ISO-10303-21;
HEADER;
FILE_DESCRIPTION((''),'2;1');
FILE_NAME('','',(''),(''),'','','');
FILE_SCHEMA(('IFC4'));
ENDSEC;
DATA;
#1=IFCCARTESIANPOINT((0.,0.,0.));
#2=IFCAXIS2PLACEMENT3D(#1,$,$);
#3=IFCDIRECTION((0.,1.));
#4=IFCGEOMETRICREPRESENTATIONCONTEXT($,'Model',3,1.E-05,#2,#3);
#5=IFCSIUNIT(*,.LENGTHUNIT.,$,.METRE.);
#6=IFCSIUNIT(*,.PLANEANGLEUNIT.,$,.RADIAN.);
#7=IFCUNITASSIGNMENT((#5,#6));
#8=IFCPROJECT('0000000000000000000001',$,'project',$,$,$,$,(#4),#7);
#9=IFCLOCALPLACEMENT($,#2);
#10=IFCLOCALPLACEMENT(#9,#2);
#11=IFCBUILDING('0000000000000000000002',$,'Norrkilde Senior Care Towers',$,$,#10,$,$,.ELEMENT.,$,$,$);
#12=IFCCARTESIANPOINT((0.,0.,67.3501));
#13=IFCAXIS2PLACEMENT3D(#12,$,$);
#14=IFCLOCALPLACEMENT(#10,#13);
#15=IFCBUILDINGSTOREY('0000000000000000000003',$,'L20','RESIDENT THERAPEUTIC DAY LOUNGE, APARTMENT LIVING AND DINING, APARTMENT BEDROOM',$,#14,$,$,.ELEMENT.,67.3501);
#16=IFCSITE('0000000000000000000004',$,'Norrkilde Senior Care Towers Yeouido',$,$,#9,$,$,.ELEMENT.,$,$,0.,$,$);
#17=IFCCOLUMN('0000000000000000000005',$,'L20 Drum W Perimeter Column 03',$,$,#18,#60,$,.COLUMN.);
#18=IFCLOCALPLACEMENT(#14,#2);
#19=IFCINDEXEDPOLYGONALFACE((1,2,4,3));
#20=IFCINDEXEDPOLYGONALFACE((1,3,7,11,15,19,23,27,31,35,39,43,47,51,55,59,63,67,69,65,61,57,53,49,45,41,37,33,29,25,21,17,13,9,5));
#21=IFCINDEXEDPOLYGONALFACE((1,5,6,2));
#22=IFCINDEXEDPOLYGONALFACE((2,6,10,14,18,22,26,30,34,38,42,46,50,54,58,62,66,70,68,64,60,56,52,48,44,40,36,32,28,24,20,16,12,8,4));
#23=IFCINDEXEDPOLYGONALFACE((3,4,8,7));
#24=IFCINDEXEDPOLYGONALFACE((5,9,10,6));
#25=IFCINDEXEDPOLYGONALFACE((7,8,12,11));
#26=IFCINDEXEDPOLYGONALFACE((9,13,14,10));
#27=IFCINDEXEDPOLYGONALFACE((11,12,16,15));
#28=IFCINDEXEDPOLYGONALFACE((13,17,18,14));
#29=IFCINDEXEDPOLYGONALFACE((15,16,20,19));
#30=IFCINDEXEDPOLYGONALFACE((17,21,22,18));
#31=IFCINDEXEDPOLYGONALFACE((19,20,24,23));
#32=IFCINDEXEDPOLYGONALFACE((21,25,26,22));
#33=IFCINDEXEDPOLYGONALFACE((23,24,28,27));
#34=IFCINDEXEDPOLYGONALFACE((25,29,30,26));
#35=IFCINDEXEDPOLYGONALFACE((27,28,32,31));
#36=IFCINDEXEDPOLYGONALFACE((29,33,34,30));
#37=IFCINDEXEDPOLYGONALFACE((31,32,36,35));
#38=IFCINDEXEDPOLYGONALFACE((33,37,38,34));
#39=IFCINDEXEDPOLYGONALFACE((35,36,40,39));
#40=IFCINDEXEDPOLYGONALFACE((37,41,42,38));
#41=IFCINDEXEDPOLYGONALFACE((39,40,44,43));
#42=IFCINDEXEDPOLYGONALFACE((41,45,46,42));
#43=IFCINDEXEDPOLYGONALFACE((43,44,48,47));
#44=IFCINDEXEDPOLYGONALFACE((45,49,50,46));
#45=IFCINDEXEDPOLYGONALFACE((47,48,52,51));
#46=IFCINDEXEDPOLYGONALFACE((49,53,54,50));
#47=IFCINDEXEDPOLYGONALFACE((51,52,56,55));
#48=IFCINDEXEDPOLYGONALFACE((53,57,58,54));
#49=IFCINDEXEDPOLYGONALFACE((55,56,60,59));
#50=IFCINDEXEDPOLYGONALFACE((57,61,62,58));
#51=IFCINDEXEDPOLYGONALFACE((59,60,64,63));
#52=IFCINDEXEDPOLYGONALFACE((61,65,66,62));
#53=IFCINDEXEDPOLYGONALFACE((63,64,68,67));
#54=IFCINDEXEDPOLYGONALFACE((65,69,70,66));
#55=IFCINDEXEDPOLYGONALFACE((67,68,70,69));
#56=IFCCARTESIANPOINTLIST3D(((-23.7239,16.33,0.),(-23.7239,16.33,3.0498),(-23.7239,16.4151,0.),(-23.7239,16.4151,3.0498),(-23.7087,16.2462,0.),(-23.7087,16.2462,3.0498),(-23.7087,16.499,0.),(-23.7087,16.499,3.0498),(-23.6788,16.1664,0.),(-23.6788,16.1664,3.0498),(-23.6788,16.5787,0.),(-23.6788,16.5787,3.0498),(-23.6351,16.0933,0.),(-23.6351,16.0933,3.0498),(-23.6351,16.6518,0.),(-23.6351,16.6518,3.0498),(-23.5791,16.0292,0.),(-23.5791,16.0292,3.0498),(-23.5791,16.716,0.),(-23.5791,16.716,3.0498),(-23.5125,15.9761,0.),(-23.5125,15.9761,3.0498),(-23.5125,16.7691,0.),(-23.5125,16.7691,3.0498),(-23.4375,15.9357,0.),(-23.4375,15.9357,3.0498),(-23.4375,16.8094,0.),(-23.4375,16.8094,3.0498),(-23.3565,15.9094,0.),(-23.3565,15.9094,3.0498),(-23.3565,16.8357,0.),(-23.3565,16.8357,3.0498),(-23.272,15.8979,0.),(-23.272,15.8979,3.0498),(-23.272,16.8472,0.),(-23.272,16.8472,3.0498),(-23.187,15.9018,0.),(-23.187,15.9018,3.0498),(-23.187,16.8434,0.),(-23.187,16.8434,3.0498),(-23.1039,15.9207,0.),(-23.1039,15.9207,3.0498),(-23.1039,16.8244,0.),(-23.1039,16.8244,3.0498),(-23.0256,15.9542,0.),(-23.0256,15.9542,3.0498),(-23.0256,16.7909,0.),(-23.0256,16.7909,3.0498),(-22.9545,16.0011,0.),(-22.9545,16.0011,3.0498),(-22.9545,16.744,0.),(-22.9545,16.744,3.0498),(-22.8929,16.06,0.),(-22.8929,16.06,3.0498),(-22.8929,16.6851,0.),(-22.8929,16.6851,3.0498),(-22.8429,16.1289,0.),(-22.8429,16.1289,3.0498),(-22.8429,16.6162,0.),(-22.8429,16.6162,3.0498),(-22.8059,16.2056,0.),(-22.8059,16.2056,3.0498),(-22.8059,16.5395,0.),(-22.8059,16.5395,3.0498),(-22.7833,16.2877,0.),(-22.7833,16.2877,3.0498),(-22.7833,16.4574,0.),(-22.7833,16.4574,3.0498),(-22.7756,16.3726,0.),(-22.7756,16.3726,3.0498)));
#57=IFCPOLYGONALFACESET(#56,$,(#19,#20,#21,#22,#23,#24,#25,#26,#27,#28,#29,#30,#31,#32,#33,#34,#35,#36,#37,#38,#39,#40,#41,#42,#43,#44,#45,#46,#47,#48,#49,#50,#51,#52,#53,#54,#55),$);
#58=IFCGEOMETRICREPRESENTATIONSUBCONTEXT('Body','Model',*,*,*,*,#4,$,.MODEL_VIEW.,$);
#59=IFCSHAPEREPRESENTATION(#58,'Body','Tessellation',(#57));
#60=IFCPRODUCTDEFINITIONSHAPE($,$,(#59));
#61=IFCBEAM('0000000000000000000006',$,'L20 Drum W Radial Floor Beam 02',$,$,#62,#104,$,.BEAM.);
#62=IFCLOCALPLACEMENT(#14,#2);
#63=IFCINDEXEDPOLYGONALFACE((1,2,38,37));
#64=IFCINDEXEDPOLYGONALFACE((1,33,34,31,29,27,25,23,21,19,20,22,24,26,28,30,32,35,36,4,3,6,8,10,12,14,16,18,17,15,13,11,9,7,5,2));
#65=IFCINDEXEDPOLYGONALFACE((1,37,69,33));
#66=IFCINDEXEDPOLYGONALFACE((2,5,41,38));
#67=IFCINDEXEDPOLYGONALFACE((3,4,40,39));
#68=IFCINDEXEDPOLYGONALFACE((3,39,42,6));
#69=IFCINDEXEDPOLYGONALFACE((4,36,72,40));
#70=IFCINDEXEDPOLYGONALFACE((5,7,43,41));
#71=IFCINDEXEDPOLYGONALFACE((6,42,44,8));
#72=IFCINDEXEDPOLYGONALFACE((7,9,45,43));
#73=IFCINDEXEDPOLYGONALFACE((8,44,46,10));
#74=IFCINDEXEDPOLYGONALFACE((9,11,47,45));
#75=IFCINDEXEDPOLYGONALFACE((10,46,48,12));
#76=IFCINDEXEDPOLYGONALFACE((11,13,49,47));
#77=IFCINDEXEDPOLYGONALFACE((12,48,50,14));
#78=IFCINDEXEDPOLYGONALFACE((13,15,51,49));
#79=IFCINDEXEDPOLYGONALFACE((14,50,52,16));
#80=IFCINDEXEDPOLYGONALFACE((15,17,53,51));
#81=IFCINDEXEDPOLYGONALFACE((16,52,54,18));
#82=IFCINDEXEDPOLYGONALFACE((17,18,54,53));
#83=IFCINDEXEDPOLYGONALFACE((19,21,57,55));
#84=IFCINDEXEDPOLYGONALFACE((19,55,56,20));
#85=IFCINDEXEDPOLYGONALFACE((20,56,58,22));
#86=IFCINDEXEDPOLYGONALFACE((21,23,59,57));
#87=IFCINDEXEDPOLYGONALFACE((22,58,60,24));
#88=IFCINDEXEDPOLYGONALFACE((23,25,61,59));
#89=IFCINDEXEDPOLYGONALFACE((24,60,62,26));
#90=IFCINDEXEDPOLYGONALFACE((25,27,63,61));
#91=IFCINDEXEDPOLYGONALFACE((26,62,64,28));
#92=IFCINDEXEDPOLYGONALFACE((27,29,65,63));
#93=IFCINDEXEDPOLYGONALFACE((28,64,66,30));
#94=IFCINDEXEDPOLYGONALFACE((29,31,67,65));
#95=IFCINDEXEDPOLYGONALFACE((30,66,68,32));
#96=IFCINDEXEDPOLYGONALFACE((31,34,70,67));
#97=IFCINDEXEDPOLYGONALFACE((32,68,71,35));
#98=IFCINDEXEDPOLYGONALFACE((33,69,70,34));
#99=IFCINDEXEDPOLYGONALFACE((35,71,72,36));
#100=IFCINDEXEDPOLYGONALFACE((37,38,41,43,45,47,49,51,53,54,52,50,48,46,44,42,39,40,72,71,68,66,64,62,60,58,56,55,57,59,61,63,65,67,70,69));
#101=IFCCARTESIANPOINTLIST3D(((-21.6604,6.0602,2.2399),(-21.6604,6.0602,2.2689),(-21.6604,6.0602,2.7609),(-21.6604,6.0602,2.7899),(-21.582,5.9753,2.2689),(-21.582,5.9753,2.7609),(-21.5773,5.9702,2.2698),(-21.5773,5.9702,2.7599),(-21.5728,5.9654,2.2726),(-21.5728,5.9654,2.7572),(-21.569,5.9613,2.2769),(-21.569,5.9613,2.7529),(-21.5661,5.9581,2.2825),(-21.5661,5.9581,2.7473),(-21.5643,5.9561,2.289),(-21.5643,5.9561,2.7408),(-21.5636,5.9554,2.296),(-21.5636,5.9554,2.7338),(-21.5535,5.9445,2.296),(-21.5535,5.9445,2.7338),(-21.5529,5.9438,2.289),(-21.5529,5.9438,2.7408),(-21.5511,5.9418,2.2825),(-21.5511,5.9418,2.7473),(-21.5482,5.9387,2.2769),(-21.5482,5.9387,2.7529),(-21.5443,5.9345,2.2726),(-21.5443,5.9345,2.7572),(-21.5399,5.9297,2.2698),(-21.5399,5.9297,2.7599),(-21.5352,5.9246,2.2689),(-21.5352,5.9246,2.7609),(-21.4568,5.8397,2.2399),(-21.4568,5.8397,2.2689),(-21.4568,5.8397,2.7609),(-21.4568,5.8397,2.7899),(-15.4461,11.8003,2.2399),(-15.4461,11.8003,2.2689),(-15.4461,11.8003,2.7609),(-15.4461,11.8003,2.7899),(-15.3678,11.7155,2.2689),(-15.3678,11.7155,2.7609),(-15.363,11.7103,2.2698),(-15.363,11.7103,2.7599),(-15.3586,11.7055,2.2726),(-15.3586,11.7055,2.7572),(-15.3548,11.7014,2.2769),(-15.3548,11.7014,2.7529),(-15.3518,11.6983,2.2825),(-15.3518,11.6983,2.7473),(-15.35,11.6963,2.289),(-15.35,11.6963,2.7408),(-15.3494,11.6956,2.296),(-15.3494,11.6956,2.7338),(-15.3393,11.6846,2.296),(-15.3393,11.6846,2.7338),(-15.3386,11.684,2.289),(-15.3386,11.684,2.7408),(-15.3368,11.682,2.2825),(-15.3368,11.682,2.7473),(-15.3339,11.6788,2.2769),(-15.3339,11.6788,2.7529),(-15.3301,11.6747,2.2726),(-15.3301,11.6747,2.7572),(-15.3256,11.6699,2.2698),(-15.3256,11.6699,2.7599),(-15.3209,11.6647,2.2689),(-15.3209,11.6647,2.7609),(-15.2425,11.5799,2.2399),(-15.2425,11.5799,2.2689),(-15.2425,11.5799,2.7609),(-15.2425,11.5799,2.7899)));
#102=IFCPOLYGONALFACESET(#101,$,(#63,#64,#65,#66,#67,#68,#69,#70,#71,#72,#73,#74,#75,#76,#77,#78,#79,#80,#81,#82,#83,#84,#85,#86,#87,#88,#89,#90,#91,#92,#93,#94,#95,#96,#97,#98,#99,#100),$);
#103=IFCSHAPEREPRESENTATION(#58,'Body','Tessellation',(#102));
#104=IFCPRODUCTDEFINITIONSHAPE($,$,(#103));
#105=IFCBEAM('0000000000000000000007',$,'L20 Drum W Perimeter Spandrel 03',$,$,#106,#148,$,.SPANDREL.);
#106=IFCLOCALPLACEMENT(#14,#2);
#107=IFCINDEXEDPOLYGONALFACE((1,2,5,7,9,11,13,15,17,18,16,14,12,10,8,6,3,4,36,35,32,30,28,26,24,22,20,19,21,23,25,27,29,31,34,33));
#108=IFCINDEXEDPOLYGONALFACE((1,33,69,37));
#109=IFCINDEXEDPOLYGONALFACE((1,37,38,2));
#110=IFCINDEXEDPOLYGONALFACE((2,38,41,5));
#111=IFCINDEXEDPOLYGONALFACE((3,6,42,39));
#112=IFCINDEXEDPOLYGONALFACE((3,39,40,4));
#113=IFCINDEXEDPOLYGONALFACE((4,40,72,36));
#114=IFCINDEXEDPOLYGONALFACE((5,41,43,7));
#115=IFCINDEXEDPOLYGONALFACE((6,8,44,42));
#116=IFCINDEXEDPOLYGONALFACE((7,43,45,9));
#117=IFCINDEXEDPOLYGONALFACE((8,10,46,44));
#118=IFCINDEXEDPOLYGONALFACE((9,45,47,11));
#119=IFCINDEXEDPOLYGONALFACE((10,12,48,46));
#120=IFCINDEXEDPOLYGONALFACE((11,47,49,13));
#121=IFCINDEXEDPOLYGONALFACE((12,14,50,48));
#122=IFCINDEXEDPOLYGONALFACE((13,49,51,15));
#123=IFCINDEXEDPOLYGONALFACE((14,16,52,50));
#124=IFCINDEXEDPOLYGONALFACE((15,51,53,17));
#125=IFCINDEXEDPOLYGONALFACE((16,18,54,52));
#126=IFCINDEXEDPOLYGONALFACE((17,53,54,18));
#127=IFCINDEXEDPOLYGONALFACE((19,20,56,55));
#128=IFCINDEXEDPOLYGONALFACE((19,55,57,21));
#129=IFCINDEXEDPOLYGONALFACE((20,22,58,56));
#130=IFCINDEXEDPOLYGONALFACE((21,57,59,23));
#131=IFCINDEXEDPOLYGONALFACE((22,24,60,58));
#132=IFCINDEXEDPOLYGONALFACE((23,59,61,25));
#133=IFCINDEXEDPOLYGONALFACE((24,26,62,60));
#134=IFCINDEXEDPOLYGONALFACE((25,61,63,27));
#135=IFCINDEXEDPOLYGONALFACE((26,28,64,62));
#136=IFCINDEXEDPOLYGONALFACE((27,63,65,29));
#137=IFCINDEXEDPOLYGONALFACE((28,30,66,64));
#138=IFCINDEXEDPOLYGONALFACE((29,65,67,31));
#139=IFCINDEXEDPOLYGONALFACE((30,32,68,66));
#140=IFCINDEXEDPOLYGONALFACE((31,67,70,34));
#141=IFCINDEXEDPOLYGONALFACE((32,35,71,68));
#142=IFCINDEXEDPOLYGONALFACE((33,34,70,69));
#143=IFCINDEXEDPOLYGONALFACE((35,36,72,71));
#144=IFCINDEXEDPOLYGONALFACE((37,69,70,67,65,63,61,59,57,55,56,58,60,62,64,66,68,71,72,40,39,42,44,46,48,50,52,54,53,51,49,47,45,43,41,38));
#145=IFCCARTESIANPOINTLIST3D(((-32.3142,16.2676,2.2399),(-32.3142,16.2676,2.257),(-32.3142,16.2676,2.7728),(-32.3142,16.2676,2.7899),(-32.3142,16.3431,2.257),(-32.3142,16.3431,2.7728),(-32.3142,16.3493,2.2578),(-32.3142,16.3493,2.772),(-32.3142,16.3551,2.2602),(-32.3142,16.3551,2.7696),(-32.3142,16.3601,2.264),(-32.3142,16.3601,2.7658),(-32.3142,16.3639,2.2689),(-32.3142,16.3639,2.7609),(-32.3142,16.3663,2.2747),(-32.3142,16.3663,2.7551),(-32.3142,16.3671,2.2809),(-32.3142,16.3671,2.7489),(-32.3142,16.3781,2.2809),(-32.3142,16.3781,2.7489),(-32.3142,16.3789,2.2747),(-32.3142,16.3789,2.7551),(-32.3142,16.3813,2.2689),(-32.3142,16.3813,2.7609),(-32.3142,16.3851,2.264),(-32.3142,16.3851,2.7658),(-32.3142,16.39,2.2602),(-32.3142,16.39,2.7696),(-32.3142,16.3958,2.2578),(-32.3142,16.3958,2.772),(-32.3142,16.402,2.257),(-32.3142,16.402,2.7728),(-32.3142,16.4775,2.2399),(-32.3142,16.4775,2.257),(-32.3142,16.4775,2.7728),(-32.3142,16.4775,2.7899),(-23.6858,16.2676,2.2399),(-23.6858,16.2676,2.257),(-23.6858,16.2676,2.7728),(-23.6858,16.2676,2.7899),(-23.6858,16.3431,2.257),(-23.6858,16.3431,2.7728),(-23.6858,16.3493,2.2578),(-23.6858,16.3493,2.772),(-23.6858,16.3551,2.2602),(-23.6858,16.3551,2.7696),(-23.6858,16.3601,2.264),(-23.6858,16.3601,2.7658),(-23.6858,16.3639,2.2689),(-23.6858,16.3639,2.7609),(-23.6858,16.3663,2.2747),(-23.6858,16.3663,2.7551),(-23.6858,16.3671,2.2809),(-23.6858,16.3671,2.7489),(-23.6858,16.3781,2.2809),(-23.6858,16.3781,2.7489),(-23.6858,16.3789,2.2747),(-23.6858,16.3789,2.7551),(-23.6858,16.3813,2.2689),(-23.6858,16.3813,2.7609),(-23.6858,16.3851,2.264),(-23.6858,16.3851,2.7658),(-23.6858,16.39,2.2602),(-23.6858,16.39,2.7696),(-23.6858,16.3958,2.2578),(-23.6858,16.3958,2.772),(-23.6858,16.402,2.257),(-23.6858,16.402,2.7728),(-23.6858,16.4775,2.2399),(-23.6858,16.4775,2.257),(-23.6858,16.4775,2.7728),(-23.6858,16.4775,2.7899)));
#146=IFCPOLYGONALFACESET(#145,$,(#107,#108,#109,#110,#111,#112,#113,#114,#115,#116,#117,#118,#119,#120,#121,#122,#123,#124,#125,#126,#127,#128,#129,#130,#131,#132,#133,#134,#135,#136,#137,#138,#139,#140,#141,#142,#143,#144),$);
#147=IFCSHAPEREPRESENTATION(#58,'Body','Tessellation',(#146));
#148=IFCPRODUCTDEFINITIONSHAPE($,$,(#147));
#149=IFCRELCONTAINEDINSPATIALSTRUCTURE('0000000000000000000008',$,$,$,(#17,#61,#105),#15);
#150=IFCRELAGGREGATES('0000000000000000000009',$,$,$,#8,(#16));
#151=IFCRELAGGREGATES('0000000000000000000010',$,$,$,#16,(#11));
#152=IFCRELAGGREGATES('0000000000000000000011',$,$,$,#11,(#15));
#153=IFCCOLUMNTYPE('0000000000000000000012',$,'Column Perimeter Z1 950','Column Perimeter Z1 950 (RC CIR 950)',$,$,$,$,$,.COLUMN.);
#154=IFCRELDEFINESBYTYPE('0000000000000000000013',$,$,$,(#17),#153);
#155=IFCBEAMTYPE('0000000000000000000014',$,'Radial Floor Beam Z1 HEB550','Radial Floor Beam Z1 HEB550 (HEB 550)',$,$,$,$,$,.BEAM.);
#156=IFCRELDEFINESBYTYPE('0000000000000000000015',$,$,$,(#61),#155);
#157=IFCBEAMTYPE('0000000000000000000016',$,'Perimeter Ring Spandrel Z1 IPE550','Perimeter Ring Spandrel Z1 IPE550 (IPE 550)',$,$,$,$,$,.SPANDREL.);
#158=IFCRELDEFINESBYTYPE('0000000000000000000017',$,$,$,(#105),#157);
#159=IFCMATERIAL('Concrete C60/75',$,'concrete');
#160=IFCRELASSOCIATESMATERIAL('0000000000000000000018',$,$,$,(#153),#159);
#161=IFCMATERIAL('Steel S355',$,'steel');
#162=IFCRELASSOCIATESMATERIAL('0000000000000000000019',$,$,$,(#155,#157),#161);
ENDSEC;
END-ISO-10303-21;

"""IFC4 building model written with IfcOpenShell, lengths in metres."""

from ifc_helpers import new_model, si_unit, direction, frame, origin, origin_2d, place, context, subcontext, project, spatial, circle, i_section, extrude, source, transform, mapped, material, material_profile, profile_set, type_object, type_shapes, element, save


model = new_model("IFC4")

# Units and contexts
model_context = context("Model", 3, precision=1e-05, world=origin(), true_north=direction((0.0, 1.0)))
body_context = subcontext(model_context, "Body", "Model", "MODEL_VIEW")
ifc_project = project(units=[si_unit("LENGTHUNIT", "METRE"), si_unit("PLANEANGLEUNIT", "RADIAN")], contexts=[model_context])

# Site, building, storey
site_placement = place(None, origin())
site = spatial("IfcSite", under=ifc_project, at=site_placement, Name="Norrkilde Senior Care Towers Yeouido", CompositionType="ELEMENT", RefElevation=0.0)
building_placement = place(site_placement, origin())
building = spatial("IfcBuilding", under=site, at=building_placement, Name="Norrkilde Senior Care Towers", CompositionType="ELEMENT")
storey_placement = place(building_placement, frame((0.0, 0.0, 67.3501)))
storey = spatial("IfcBuildingStorey", under=building, at=storey_placement, Name="L20", Description="RESIDENT THERAPEUTIC DAY LOUNGE, APARTMENT LIVING AND DINING, APARTMENT BEDROOM", CompositionType="ELEMENT", Elevation=67.3501)

# Column
ifc_material_1 = material(Name="Concrete C60/75", Category="concrete")
ifc_material_profile_1 = material_profile(ifc_material_1, circle(Radius=0.4751, at=origin_2d()), Name="RC CIR 950")
ifc_profile_set_1 = profile_set([ifc_material_profile_1], Name="Concrete C60/75")
column_type = type_object("IfcColumnType", Name="Column Perimeter Z1 950", Description="Column Perimeter Z1 950 (RC CIR 950)", PredefinedType="COLUMN", material=ifc_profile_set_1)
shared_shape_1 = source(origin(), body_context, "Body", "SweptSolid", [
    extrude(circle(Radius=0.4751, at=origin_2d()), origin(), (0.0, 0.0, 1.0), 3.0498),
])
type_shapes(column_type, [shared_shape_1])
column_placement = place(storey_placement, frame((-23.2507, 16.3726, 0.0), z_axis=(0.0, 0.0, 1.0), x_axis=(1.0, 0.0, 0.0)))
element("IfcColumn", 1, at=column_placement, inside=storey, type_object=column_type, Name="L20 Drum W Perimeter Column 03", PredefinedType="COLUMN", context=body_context, shape_type="MappedRepresentation", body=[
    mapped(shared_shape_1, transform((0.0, 0.0, 0.0), x_axis=(1.0, 0.0, 0.0), y_axis=(0.0, 1.0, 0.0), z_axis=(0.0, 0.0, 1.0), scale=1.0)),
])

# Beams
ifc_material_2 = material(Name="Steel S355", Category="steel")
ifc_material_profile_2 = material_profile(ifc_material_2, i_section(OverallWidth=0.3, OverallDepth=0.55, WebThickness=0.0149, FlangeThickness=0.0291, FilletRadius=0.0271, at=origin_2d()), Name="HEB 550")
ifc_profile_set_2 = profile_set([ifc_material_profile_2], Name="Steel S355")
beam_type_1 = type_object("IfcBeamType", Name="Radial Floor Beam Z1 HEB550", Description="Radial Floor Beam Z1 HEB550 (HEB 550)", PredefinedType="BEAM", material=ifc_profile_set_2)
shared_shape_2 = source(origin(), body_context, "Body", "SweptSolid", [
    extrude(i_section(OverallWidth=0.3, OverallDepth=0.55, WebThickness=0.0149, FlangeThickness=0.0291, FilletRadius=0.0271, at=origin_2d()), origin(), (0.0, 0.0, 1.0), 8.4597),
])
beam_1_placement = place(storey_placement, frame((-21.5586, 5.95, 2.5149), z_axis=(0.734573, 0.678529, 0.0), x_axis=(-0.678529, 0.734573, 0.0)))
element("IfcBeam", 2, at=beam_1_placement, inside=storey, type_object=beam_type_1, Name="L20 Drum W Radial Floor Beam 02", PredefinedType="BEAM", context=body_context, shape_type="MappedRepresentation", body=[
    mapped(shared_shape_2, transform((0.0, 0.0, 0.0), x_axis=(1.0, 0.0, 0.0), y_axis=(0.0, 1.0, 0.0), z_axis=(0.0, 0.0, 1.0), scale=1.0)),
])
ifc_material_profile_3 = material_profile(ifc_material_2, i_section(OverallWidth=0.21, OverallDepth=0.55, WebThickness=0.011, FlangeThickness=0.0171, FilletRadius=0.0239, at=origin_2d()), Name="IPE 550")
ifc_profile_set_3 = profile_set([ifc_material_profile_3], Name="Steel S355")
beam_type_2 = type_object("IfcBeamType", Name="Perimeter Ring Spandrel Z1 IPE550", Description="Perimeter Ring Spandrel Z1 IPE550 (IPE 550)", PredefinedType="SPANDREL", material=ifc_profile_set_3)
shared_shape_3 = source(origin(), body_context, "Body", "SweptSolid", [
    extrude(i_section(OverallWidth=0.21, OverallDepth=0.55, WebThickness=0.011, FlangeThickness=0.0171, FilletRadius=0.0239, at=origin_2d()), origin(), (0.0, 0.0, 1.0), 8.6284),
])
type_shapes(beam_type_2, [shared_shape_3])
beam_2_placement = place(storey_placement, frame((-23.6858, 16.3726, 2.5149), z_axis=(-1.0, 0.0, 0.0), x_axis=(0.0, -1.0, 0.0)))
element("IfcBeam", 3, at=beam_2_placement, inside=storey, type_object=beam_type_2, Name="L20 Drum W Perimeter Spandrel 03", PredefinedType="SPANDREL", context=body_context, shape_type="MappedRepresentation", body=[
    mapped(shared_shape_3, transform((0.0, 0.0, 0.0), x_axis=(1.0, 0.0, 0.0), y_axis=(0.0, 1.0, 0.0), z_axis=(0.0, 0.0, 1.0), scale=1.0)),
])

save(model, "model.ifc")
